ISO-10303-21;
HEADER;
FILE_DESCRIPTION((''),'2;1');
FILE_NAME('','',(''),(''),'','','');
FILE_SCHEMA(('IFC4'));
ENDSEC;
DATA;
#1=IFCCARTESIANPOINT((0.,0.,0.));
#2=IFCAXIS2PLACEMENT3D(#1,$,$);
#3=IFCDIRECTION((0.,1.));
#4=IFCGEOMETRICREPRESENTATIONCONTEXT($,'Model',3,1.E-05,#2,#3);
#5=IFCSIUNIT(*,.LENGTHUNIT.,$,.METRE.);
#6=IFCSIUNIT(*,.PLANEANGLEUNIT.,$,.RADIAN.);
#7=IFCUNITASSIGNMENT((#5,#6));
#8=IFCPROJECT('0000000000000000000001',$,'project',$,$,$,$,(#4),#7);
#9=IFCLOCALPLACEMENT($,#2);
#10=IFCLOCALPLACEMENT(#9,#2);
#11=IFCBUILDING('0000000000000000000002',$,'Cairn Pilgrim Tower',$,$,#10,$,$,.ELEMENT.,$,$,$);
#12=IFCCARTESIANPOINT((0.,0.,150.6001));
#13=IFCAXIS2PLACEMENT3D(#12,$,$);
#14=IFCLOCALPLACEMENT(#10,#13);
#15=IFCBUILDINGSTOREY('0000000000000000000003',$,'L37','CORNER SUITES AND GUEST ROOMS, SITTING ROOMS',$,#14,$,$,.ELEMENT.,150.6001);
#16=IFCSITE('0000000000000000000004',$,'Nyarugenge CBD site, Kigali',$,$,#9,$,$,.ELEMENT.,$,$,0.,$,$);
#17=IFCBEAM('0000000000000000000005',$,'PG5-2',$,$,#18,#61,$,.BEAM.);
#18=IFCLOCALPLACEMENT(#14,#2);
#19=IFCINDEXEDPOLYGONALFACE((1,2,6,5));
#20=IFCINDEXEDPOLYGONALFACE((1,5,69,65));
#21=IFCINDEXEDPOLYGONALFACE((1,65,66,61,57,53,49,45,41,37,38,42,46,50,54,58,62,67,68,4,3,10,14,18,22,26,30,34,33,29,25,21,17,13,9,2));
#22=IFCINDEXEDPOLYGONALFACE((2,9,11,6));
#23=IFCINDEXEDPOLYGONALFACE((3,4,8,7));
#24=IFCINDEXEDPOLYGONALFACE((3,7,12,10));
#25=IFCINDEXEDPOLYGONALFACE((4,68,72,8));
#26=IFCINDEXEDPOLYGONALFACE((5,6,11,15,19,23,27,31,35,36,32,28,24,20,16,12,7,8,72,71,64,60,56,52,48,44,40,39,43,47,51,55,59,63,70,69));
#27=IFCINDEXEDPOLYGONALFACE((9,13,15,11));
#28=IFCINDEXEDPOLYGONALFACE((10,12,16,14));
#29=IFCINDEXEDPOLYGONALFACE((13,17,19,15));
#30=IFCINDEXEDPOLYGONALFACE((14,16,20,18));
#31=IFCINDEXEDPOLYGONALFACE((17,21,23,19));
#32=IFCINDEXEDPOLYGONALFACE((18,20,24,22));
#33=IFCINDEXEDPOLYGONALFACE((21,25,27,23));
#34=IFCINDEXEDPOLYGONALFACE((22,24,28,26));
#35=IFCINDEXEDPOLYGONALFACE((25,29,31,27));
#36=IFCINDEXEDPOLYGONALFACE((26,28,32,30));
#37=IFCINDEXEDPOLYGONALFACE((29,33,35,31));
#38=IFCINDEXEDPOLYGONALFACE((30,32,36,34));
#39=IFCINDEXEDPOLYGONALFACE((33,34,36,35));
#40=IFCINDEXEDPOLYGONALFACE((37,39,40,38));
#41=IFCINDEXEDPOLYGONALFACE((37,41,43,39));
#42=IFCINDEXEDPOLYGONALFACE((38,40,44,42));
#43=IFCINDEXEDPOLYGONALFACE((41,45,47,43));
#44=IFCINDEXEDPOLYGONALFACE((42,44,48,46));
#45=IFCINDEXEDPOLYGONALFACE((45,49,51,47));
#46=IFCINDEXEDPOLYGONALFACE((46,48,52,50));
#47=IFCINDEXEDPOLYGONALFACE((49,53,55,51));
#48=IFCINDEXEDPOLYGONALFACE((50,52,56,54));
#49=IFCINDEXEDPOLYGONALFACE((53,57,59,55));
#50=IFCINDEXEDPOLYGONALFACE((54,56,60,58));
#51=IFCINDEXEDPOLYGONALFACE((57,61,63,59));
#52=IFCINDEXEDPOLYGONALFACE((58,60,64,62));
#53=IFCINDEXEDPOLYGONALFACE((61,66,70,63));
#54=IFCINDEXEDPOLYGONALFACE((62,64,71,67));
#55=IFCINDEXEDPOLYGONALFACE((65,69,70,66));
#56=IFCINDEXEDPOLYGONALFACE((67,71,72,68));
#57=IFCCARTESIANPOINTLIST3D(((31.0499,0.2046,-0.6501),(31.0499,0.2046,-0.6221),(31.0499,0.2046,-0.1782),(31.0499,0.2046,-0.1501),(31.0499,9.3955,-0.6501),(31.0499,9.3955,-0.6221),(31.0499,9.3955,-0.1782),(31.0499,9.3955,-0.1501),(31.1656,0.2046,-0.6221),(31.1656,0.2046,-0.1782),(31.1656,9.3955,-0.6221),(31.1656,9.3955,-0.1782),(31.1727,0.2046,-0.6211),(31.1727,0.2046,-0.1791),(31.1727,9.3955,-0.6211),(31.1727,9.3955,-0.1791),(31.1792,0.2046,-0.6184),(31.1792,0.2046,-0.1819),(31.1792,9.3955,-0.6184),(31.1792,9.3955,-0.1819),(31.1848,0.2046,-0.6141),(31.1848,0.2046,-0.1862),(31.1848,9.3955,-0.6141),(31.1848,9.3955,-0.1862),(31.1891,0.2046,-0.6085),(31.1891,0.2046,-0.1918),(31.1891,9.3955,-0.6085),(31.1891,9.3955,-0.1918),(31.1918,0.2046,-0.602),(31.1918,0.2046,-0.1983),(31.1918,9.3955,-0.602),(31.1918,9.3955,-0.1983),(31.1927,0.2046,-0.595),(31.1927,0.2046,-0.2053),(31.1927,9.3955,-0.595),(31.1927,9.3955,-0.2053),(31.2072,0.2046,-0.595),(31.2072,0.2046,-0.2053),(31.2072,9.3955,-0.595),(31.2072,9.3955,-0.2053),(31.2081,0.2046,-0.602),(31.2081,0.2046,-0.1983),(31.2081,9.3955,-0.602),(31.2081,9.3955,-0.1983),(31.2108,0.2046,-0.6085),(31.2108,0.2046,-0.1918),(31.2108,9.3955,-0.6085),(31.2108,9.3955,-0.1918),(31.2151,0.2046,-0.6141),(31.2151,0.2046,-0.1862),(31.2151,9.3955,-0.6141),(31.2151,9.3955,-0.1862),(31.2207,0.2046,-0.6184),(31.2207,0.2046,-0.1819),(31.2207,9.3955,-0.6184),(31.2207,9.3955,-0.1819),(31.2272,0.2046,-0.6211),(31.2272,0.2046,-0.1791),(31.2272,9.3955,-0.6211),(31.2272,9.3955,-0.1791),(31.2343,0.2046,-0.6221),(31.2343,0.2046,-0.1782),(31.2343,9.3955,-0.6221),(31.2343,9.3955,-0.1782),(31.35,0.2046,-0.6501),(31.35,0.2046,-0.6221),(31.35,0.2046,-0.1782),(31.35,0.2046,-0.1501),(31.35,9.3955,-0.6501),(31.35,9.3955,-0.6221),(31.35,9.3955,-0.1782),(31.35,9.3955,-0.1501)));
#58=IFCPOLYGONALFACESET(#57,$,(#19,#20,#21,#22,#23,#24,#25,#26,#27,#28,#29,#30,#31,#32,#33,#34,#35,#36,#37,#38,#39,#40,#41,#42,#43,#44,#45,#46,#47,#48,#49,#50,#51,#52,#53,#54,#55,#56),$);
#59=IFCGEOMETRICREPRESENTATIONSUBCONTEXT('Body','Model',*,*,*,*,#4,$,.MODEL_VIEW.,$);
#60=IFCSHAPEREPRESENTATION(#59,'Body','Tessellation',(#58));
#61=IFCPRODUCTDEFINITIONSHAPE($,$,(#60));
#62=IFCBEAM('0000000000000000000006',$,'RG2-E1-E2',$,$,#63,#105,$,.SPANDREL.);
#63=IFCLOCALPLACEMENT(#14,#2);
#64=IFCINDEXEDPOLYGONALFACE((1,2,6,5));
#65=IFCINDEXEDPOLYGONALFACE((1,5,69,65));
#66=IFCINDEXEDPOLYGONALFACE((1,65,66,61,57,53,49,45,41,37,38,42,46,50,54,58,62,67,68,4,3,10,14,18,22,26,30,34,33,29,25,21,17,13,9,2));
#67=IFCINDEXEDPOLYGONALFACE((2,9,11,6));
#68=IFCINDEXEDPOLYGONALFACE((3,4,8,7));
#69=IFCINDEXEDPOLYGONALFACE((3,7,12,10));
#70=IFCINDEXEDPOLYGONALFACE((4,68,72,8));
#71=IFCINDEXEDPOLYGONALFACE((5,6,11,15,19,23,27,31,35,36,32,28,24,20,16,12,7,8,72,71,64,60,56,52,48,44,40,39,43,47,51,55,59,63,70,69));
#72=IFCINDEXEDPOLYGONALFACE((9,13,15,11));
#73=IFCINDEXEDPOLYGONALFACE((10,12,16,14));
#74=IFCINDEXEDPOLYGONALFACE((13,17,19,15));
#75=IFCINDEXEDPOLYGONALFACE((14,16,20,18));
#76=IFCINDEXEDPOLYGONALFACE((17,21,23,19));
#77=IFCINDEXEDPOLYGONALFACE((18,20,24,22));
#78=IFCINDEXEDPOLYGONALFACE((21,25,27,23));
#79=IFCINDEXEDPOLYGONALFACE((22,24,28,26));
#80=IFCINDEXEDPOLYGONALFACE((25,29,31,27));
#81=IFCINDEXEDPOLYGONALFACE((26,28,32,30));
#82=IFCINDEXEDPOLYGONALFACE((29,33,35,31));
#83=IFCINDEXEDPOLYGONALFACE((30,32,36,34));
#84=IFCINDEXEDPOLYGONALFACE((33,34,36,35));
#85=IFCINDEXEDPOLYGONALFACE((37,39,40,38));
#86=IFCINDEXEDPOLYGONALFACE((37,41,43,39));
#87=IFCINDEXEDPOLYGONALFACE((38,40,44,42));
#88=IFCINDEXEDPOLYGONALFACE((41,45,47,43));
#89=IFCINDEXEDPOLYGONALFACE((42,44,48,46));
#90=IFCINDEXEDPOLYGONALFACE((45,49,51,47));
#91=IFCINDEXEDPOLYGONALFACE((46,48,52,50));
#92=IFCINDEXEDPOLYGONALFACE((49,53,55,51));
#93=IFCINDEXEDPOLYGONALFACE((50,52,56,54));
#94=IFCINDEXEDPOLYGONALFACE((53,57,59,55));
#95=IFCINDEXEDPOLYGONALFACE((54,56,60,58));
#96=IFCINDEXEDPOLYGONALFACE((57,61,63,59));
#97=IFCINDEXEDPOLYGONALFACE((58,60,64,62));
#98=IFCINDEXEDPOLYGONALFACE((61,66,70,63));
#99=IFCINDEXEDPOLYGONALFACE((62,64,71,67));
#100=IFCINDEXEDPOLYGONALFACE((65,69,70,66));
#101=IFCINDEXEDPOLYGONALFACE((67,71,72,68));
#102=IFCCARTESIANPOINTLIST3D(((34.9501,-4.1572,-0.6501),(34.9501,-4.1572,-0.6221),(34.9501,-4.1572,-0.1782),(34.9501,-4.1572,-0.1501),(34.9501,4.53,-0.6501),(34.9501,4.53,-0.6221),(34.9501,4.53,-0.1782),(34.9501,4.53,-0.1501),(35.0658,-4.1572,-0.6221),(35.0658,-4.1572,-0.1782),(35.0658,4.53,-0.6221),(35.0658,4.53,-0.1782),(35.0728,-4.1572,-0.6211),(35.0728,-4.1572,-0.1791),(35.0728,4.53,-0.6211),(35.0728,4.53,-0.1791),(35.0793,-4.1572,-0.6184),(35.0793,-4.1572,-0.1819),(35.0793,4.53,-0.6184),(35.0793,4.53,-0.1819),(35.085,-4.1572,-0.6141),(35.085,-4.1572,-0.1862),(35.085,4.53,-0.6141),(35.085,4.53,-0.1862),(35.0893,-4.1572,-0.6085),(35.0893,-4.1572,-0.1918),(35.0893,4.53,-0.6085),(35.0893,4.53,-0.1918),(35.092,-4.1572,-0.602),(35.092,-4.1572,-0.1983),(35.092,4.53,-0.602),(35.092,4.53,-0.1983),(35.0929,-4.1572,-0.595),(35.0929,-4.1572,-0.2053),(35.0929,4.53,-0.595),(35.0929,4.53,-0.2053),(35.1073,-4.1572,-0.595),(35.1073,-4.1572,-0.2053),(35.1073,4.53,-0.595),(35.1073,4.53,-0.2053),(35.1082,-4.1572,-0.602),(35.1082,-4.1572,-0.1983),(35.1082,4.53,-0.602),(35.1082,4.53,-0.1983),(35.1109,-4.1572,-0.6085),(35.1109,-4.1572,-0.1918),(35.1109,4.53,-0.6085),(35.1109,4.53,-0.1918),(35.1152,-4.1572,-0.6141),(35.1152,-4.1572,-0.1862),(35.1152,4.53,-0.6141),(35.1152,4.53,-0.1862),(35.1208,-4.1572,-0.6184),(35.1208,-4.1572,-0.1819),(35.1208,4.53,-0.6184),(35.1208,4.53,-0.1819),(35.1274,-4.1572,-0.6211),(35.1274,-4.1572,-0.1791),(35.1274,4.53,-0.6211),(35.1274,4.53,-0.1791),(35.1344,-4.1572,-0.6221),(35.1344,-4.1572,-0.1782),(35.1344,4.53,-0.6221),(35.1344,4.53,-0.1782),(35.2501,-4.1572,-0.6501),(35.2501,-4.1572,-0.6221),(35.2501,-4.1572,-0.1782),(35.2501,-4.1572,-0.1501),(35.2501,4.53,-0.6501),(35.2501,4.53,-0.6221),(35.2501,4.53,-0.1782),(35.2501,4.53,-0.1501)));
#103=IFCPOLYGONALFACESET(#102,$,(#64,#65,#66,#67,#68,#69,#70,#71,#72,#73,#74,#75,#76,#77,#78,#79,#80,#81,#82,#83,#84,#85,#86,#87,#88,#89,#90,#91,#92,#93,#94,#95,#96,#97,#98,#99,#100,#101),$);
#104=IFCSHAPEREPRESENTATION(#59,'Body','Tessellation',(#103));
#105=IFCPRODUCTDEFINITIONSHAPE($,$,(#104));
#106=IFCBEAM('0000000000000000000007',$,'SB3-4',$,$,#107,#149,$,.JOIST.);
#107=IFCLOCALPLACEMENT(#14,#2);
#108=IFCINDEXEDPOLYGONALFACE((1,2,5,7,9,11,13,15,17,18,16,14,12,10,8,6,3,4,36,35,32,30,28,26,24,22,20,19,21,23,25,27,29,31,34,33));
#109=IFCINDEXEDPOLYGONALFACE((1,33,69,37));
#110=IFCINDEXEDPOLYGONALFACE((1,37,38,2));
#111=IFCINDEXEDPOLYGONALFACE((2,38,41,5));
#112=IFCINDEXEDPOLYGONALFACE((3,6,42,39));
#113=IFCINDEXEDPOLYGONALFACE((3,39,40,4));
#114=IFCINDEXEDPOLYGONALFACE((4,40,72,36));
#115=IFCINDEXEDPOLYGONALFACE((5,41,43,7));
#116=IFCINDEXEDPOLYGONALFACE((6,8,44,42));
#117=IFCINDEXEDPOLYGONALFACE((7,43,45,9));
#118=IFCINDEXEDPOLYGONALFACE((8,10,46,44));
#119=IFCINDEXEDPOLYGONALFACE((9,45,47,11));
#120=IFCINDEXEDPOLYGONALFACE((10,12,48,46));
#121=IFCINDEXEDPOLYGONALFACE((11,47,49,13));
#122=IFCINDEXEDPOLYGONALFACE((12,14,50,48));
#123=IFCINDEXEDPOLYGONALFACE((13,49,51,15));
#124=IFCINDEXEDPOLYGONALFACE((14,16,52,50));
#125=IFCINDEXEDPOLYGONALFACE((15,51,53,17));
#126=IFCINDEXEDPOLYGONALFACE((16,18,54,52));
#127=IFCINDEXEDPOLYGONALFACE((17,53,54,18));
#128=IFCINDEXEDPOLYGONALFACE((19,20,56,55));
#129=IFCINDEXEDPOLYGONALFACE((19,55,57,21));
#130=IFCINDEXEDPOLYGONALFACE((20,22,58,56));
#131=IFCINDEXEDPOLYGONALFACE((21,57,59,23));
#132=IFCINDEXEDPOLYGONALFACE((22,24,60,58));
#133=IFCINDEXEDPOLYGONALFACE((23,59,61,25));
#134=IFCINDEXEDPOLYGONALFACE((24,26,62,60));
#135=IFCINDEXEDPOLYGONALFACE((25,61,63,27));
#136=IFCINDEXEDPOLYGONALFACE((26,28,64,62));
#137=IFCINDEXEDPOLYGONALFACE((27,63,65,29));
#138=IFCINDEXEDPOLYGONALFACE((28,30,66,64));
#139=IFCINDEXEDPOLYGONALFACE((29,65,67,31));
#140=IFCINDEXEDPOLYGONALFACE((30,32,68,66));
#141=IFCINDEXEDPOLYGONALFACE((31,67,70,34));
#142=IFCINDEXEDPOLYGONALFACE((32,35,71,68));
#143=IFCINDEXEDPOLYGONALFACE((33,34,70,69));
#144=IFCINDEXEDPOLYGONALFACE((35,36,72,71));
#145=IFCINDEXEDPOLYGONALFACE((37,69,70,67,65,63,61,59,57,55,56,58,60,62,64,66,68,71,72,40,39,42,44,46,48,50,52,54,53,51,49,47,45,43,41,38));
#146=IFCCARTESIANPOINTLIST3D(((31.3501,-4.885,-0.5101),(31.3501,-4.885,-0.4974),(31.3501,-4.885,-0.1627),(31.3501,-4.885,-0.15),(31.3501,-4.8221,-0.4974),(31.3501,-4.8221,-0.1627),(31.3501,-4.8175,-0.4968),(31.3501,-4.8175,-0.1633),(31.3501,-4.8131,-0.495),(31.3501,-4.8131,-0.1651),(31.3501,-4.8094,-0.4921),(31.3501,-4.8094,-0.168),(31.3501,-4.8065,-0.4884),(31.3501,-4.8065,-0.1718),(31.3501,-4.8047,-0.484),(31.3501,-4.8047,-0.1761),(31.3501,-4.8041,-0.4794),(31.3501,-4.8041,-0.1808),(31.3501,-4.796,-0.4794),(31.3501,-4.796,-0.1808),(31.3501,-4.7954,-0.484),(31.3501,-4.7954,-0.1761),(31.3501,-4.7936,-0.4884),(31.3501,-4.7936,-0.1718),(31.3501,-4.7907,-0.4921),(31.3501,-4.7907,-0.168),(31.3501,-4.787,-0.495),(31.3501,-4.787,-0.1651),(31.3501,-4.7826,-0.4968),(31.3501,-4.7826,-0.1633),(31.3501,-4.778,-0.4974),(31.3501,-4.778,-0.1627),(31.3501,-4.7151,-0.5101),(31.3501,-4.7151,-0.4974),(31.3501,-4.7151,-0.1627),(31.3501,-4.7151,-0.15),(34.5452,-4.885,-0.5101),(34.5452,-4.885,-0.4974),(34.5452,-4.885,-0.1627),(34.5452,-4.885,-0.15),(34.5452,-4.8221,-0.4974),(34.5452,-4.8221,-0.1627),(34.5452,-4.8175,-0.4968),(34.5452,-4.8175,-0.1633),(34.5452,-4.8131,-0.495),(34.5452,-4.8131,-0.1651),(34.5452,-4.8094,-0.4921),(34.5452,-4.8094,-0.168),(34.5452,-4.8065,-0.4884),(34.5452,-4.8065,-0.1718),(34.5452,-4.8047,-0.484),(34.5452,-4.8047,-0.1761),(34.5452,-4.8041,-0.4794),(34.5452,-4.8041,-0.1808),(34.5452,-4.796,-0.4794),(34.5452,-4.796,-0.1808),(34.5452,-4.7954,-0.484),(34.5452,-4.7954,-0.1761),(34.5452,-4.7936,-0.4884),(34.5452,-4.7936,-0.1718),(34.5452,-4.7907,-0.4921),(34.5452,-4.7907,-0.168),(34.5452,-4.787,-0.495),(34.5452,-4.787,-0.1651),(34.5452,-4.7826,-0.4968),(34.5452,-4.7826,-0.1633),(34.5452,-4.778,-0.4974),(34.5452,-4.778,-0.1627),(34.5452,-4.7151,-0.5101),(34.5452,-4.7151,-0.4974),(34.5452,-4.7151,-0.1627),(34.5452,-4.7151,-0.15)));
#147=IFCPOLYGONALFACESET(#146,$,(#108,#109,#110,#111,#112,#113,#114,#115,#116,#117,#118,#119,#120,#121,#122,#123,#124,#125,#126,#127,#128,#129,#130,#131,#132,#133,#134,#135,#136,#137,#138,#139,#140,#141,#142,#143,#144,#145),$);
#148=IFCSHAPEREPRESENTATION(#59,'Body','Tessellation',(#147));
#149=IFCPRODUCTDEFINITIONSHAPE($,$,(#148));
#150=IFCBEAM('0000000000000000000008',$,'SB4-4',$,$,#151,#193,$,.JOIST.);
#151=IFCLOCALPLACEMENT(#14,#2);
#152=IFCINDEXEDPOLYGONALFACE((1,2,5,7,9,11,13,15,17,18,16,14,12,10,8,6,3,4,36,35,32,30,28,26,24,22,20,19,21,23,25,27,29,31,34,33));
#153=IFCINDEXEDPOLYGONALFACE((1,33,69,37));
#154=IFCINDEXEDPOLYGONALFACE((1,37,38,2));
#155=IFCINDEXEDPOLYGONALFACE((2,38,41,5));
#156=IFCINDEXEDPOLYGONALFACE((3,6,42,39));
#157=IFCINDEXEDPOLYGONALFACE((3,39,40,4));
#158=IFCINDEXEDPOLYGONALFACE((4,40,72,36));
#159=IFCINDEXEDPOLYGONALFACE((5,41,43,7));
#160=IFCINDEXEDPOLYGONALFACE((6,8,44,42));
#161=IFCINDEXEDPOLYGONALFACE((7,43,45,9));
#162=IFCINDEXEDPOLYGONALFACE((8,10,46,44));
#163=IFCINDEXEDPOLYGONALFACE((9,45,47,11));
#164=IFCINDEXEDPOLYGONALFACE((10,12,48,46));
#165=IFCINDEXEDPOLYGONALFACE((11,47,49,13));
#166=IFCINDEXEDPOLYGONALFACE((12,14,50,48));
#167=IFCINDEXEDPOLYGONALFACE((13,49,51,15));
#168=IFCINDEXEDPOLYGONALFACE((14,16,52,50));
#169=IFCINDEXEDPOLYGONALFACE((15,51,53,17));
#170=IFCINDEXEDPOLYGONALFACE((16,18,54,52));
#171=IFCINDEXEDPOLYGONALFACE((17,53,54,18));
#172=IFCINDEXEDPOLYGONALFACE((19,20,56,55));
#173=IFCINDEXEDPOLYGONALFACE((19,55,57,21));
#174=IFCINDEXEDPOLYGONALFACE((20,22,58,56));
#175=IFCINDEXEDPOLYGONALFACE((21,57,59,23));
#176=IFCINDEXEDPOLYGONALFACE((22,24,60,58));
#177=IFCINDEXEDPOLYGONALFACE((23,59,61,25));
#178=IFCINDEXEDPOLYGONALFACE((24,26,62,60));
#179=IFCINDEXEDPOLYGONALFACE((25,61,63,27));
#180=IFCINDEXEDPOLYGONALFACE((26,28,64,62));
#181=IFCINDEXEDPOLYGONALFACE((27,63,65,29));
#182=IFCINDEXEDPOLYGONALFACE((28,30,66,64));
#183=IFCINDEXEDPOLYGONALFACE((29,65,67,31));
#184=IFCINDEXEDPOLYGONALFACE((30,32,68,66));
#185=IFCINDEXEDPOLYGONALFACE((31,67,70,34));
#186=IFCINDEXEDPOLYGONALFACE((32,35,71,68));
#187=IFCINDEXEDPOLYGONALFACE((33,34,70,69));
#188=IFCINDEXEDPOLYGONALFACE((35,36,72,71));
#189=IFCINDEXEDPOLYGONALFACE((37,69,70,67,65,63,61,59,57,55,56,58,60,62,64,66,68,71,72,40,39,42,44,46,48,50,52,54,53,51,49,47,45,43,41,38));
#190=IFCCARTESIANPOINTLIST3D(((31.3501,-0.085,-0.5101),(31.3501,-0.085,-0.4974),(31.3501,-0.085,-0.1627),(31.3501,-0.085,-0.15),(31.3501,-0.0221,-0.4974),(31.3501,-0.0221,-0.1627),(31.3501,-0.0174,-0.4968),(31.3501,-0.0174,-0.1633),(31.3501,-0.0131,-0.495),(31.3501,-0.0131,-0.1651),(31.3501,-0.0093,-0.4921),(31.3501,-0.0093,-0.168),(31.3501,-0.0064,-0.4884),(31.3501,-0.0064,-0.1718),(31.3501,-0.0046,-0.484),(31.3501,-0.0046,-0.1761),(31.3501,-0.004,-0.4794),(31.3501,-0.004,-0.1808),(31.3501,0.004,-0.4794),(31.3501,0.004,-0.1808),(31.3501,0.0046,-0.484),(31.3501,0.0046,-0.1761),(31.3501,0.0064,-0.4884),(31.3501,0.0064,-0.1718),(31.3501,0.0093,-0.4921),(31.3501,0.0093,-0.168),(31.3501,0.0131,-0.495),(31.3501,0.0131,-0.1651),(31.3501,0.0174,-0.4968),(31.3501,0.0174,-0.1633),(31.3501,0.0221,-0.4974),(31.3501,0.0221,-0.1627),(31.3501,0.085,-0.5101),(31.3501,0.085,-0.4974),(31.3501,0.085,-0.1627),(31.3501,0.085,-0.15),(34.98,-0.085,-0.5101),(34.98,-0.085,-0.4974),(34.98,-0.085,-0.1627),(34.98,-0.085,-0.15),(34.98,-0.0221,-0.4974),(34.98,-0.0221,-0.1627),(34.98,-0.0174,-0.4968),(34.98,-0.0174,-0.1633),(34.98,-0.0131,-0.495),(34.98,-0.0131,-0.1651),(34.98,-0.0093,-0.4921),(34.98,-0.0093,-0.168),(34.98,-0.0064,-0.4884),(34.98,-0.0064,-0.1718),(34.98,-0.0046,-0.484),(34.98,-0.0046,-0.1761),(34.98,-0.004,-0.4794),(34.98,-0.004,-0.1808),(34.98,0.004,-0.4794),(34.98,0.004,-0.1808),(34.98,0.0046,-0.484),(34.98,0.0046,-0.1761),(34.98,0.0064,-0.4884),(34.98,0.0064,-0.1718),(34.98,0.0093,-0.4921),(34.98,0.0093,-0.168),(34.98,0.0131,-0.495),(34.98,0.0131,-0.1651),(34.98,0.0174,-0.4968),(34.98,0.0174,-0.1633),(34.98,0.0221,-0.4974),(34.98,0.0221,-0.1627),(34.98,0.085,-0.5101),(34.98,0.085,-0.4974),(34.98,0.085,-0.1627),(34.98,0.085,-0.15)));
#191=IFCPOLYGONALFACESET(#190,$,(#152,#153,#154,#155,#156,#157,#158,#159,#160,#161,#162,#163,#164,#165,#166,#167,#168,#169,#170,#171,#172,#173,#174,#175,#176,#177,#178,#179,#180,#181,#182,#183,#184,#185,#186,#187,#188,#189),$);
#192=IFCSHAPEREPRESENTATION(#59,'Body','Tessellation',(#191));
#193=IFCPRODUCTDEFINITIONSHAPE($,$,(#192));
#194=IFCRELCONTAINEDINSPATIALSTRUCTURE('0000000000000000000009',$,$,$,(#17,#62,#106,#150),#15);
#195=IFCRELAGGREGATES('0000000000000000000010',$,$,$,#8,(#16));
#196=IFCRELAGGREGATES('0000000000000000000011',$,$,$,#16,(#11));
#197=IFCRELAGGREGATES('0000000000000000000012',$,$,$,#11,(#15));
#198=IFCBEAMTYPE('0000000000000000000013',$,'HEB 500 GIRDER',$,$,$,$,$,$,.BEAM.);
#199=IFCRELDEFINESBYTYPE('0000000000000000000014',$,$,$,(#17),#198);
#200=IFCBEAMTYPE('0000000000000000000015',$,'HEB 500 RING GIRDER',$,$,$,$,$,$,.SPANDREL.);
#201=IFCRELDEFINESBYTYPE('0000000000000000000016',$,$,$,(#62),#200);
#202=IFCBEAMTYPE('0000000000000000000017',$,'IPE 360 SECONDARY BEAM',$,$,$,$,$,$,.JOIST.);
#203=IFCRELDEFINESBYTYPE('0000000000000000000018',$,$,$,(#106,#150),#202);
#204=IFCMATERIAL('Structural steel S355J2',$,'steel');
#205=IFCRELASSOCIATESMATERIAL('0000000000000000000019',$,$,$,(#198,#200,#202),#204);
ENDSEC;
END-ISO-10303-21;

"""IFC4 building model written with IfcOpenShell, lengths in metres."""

from ifc_helpers import new_model, si_unit, direction, frame, origin, origin_2d, place, context, subcontext, project, spatial, i_section, extrude, material, material_profile, profile_set, type_object, element, save


model = new_model("IFC4")

# Units and contexts
model_context = context("Model", 3, precision=1e-05, world=origin(), true_north=direction((0.0, 1.0)))
body_context = subcontext(model_context, "Body", "Model", "MODEL_VIEW")
ifc_project = project(units=[si_unit("LENGTHUNIT", "METRE"), si_unit("PLANEANGLEUNIT", "RADIAN")], contexts=[model_context])

# Site, building, storey
site_placement = place(None, origin())
site = spatial("IfcSite", under=ifc_project, at=site_placement, Name="Nyarugenge CBD site, Kigali", CompositionType="ELEMENT", RefElevation=0.0)
building_placement = place(site_placement, origin())
building = spatial("IfcBuilding", under=site, at=building_placement, Name="Cairn Pilgrim Tower", CompositionType="ELEMENT")
storey_placement = place(building_placement, frame((0.0, 0.0, 150.6001)))
storey = spatial("IfcBuildingStorey", under=building, at=storey_placement, Name="L37", Description="CORNER SUITES AND GUEST ROOMS, SITTING ROOMS", CompositionType="ELEMENT", Elevation=150.6001)

# Beams
ifc_material_1 = material(Name="Structural steel S355J2", Category="steel")
ifc_material_profile_1 = material_profile(ifc_material_1, i_section(OverallWidth=0.3, OverallDepth=0.5, WebThickness=0.0144, FlangeThickness=0.0281, FilletRadius=0.0271, at=origin_2d()), Name="HEB 500")
ifc_profile_set_1 = profile_set([ifc_material_profile_1], Name="Structural steel S355J2")
beam_type_1 = type_object("IfcBeamType", Name="HEB 500 GIRDER", PredefinedType="BEAM", material=ifc_profile_set_1)
beam_1_placement = place(storey_placement, frame((31.2, 0.2046, -0.4001), z_axis=(0.0, 1.0, 0.0), x_axis=(-1.0, 0.0, 0.0)))
element("IfcBeam", 1, at=beam_1_placement, inside=storey, type_object=beam_type_1, Name="PG5-2", PredefinedType="BEAM", context=body_context, shape_type="SweptSolid", body=[
    extrude(i_section(OverallWidth=0.3, OverallDepth=0.5, WebThickness=0.0144, FlangeThickness=0.0281, FilletRadius=0.0271, at=origin_2d()), origin(), (0.0, 0.0, 1.0), 9.1909),
])
ifc_material_profile_2 = material_profile(ifc_material_1, i_section(OverallWidth=0.3, OverallDepth=0.5, WebThickness=0.0144, FlangeThickness=0.0281, FilletRadius=0.0271, at=origin_2d()), Name="HEB 500")
ifc_profile_set_2 = profile_set([ifc_material_profile_2], Name="Structural steel S355J2")
beam_type_2 = type_object("IfcBeamType", Name="HEB 500 RING GIRDER", PredefinedType="SPANDREL", material=ifc_profile_set_2)
beam_2_placement = place(storey_placement, frame((35.1001, -4.1572, -0.4001), z_axis=(0.0, 1.0, 0.0), x_axis=(-1.0, 0.0, 0.0)))
element("IfcBeam", 2, at=beam_2_placement, inside=storey, type_object=beam_type_2, Name="RG2-E1-E2", PredefinedType="SPANDREL", context=body_context, shape_type="SweptSolid", body=[
    extrude(i_section(OverallWidth=0.3, OverallDepth=0.5, WebThickness=0.0144, FlangeThickness=0.0281, FilletRadius=0.0271, at=origin_2d()), origin(), (0.0, 0.0, 1.0), 8.6873),
])
ifc_material_profile_3 = material_profile(ifc_material_1, i_section(OverallWidth=0.1699, OverallDepth=0.3601, WebThickness=0.0081, FlangeThickness=0.0127, FilletRadius=0.0181, at=origin_2d()), Name="IPE 360")
ifc_profile_set_3 = profile_set([ifc_material_profile_3], Name="Structural steel S355J2")
beam_type_3 = type_object("IfcBeamType", Name="IPE 360 SECONDARY BEAM", PredefinedType="JOIST", material=ifc_profile_set_3)
beam_3_placement = place(storey_placement, frame((31.3501, -4.8, -0.3301), z_axis=(1.0, 0.0, 0.0), x_axis=(0.0, 1.0, 0.0)))
element("IfcBeam", 3, at=beam_3_placement, inside=storey, type_object=beam_type_3, Name="SB3-4", PredefinedType="JOIST", context=body_context, shape_type="SweptSolid", body=[
    extrude(i_section(OverallWidth=0.1699, OverallDepth=0.3601, WebThickness=0.0081, FlangeThickness=0.0127, FilletRadius=0.0181, at=origin_2d()), origin(), (0.0, 0.0, 1.0), 3.1951),
])
beam_4_placement = place(storey_placement, frame((31.3501, 0.0, -0.3301), z_axis=(1.0, 0.0, 0.0), x_axis=(0.0, 1.0, 0.0)))
element("IfcBeam", 4, at=beam_4_placement, inside=storey, type_object=beam_type_3, Name="SB4-4", PredefinedType="JOIST", context=body_context, shape_type="SweptSolid", body=[
    extrude(i_section(OverallWidth=0.1699, OverallDepth=0.3601, WebThickness=0.0081, FlangeThickness=0.0127, FilletRadius=0.0181, at=origin_2d()), origin(), (0.0, 0.0, 1.0), 3.6299),
])

save(model, "model.ifc")
